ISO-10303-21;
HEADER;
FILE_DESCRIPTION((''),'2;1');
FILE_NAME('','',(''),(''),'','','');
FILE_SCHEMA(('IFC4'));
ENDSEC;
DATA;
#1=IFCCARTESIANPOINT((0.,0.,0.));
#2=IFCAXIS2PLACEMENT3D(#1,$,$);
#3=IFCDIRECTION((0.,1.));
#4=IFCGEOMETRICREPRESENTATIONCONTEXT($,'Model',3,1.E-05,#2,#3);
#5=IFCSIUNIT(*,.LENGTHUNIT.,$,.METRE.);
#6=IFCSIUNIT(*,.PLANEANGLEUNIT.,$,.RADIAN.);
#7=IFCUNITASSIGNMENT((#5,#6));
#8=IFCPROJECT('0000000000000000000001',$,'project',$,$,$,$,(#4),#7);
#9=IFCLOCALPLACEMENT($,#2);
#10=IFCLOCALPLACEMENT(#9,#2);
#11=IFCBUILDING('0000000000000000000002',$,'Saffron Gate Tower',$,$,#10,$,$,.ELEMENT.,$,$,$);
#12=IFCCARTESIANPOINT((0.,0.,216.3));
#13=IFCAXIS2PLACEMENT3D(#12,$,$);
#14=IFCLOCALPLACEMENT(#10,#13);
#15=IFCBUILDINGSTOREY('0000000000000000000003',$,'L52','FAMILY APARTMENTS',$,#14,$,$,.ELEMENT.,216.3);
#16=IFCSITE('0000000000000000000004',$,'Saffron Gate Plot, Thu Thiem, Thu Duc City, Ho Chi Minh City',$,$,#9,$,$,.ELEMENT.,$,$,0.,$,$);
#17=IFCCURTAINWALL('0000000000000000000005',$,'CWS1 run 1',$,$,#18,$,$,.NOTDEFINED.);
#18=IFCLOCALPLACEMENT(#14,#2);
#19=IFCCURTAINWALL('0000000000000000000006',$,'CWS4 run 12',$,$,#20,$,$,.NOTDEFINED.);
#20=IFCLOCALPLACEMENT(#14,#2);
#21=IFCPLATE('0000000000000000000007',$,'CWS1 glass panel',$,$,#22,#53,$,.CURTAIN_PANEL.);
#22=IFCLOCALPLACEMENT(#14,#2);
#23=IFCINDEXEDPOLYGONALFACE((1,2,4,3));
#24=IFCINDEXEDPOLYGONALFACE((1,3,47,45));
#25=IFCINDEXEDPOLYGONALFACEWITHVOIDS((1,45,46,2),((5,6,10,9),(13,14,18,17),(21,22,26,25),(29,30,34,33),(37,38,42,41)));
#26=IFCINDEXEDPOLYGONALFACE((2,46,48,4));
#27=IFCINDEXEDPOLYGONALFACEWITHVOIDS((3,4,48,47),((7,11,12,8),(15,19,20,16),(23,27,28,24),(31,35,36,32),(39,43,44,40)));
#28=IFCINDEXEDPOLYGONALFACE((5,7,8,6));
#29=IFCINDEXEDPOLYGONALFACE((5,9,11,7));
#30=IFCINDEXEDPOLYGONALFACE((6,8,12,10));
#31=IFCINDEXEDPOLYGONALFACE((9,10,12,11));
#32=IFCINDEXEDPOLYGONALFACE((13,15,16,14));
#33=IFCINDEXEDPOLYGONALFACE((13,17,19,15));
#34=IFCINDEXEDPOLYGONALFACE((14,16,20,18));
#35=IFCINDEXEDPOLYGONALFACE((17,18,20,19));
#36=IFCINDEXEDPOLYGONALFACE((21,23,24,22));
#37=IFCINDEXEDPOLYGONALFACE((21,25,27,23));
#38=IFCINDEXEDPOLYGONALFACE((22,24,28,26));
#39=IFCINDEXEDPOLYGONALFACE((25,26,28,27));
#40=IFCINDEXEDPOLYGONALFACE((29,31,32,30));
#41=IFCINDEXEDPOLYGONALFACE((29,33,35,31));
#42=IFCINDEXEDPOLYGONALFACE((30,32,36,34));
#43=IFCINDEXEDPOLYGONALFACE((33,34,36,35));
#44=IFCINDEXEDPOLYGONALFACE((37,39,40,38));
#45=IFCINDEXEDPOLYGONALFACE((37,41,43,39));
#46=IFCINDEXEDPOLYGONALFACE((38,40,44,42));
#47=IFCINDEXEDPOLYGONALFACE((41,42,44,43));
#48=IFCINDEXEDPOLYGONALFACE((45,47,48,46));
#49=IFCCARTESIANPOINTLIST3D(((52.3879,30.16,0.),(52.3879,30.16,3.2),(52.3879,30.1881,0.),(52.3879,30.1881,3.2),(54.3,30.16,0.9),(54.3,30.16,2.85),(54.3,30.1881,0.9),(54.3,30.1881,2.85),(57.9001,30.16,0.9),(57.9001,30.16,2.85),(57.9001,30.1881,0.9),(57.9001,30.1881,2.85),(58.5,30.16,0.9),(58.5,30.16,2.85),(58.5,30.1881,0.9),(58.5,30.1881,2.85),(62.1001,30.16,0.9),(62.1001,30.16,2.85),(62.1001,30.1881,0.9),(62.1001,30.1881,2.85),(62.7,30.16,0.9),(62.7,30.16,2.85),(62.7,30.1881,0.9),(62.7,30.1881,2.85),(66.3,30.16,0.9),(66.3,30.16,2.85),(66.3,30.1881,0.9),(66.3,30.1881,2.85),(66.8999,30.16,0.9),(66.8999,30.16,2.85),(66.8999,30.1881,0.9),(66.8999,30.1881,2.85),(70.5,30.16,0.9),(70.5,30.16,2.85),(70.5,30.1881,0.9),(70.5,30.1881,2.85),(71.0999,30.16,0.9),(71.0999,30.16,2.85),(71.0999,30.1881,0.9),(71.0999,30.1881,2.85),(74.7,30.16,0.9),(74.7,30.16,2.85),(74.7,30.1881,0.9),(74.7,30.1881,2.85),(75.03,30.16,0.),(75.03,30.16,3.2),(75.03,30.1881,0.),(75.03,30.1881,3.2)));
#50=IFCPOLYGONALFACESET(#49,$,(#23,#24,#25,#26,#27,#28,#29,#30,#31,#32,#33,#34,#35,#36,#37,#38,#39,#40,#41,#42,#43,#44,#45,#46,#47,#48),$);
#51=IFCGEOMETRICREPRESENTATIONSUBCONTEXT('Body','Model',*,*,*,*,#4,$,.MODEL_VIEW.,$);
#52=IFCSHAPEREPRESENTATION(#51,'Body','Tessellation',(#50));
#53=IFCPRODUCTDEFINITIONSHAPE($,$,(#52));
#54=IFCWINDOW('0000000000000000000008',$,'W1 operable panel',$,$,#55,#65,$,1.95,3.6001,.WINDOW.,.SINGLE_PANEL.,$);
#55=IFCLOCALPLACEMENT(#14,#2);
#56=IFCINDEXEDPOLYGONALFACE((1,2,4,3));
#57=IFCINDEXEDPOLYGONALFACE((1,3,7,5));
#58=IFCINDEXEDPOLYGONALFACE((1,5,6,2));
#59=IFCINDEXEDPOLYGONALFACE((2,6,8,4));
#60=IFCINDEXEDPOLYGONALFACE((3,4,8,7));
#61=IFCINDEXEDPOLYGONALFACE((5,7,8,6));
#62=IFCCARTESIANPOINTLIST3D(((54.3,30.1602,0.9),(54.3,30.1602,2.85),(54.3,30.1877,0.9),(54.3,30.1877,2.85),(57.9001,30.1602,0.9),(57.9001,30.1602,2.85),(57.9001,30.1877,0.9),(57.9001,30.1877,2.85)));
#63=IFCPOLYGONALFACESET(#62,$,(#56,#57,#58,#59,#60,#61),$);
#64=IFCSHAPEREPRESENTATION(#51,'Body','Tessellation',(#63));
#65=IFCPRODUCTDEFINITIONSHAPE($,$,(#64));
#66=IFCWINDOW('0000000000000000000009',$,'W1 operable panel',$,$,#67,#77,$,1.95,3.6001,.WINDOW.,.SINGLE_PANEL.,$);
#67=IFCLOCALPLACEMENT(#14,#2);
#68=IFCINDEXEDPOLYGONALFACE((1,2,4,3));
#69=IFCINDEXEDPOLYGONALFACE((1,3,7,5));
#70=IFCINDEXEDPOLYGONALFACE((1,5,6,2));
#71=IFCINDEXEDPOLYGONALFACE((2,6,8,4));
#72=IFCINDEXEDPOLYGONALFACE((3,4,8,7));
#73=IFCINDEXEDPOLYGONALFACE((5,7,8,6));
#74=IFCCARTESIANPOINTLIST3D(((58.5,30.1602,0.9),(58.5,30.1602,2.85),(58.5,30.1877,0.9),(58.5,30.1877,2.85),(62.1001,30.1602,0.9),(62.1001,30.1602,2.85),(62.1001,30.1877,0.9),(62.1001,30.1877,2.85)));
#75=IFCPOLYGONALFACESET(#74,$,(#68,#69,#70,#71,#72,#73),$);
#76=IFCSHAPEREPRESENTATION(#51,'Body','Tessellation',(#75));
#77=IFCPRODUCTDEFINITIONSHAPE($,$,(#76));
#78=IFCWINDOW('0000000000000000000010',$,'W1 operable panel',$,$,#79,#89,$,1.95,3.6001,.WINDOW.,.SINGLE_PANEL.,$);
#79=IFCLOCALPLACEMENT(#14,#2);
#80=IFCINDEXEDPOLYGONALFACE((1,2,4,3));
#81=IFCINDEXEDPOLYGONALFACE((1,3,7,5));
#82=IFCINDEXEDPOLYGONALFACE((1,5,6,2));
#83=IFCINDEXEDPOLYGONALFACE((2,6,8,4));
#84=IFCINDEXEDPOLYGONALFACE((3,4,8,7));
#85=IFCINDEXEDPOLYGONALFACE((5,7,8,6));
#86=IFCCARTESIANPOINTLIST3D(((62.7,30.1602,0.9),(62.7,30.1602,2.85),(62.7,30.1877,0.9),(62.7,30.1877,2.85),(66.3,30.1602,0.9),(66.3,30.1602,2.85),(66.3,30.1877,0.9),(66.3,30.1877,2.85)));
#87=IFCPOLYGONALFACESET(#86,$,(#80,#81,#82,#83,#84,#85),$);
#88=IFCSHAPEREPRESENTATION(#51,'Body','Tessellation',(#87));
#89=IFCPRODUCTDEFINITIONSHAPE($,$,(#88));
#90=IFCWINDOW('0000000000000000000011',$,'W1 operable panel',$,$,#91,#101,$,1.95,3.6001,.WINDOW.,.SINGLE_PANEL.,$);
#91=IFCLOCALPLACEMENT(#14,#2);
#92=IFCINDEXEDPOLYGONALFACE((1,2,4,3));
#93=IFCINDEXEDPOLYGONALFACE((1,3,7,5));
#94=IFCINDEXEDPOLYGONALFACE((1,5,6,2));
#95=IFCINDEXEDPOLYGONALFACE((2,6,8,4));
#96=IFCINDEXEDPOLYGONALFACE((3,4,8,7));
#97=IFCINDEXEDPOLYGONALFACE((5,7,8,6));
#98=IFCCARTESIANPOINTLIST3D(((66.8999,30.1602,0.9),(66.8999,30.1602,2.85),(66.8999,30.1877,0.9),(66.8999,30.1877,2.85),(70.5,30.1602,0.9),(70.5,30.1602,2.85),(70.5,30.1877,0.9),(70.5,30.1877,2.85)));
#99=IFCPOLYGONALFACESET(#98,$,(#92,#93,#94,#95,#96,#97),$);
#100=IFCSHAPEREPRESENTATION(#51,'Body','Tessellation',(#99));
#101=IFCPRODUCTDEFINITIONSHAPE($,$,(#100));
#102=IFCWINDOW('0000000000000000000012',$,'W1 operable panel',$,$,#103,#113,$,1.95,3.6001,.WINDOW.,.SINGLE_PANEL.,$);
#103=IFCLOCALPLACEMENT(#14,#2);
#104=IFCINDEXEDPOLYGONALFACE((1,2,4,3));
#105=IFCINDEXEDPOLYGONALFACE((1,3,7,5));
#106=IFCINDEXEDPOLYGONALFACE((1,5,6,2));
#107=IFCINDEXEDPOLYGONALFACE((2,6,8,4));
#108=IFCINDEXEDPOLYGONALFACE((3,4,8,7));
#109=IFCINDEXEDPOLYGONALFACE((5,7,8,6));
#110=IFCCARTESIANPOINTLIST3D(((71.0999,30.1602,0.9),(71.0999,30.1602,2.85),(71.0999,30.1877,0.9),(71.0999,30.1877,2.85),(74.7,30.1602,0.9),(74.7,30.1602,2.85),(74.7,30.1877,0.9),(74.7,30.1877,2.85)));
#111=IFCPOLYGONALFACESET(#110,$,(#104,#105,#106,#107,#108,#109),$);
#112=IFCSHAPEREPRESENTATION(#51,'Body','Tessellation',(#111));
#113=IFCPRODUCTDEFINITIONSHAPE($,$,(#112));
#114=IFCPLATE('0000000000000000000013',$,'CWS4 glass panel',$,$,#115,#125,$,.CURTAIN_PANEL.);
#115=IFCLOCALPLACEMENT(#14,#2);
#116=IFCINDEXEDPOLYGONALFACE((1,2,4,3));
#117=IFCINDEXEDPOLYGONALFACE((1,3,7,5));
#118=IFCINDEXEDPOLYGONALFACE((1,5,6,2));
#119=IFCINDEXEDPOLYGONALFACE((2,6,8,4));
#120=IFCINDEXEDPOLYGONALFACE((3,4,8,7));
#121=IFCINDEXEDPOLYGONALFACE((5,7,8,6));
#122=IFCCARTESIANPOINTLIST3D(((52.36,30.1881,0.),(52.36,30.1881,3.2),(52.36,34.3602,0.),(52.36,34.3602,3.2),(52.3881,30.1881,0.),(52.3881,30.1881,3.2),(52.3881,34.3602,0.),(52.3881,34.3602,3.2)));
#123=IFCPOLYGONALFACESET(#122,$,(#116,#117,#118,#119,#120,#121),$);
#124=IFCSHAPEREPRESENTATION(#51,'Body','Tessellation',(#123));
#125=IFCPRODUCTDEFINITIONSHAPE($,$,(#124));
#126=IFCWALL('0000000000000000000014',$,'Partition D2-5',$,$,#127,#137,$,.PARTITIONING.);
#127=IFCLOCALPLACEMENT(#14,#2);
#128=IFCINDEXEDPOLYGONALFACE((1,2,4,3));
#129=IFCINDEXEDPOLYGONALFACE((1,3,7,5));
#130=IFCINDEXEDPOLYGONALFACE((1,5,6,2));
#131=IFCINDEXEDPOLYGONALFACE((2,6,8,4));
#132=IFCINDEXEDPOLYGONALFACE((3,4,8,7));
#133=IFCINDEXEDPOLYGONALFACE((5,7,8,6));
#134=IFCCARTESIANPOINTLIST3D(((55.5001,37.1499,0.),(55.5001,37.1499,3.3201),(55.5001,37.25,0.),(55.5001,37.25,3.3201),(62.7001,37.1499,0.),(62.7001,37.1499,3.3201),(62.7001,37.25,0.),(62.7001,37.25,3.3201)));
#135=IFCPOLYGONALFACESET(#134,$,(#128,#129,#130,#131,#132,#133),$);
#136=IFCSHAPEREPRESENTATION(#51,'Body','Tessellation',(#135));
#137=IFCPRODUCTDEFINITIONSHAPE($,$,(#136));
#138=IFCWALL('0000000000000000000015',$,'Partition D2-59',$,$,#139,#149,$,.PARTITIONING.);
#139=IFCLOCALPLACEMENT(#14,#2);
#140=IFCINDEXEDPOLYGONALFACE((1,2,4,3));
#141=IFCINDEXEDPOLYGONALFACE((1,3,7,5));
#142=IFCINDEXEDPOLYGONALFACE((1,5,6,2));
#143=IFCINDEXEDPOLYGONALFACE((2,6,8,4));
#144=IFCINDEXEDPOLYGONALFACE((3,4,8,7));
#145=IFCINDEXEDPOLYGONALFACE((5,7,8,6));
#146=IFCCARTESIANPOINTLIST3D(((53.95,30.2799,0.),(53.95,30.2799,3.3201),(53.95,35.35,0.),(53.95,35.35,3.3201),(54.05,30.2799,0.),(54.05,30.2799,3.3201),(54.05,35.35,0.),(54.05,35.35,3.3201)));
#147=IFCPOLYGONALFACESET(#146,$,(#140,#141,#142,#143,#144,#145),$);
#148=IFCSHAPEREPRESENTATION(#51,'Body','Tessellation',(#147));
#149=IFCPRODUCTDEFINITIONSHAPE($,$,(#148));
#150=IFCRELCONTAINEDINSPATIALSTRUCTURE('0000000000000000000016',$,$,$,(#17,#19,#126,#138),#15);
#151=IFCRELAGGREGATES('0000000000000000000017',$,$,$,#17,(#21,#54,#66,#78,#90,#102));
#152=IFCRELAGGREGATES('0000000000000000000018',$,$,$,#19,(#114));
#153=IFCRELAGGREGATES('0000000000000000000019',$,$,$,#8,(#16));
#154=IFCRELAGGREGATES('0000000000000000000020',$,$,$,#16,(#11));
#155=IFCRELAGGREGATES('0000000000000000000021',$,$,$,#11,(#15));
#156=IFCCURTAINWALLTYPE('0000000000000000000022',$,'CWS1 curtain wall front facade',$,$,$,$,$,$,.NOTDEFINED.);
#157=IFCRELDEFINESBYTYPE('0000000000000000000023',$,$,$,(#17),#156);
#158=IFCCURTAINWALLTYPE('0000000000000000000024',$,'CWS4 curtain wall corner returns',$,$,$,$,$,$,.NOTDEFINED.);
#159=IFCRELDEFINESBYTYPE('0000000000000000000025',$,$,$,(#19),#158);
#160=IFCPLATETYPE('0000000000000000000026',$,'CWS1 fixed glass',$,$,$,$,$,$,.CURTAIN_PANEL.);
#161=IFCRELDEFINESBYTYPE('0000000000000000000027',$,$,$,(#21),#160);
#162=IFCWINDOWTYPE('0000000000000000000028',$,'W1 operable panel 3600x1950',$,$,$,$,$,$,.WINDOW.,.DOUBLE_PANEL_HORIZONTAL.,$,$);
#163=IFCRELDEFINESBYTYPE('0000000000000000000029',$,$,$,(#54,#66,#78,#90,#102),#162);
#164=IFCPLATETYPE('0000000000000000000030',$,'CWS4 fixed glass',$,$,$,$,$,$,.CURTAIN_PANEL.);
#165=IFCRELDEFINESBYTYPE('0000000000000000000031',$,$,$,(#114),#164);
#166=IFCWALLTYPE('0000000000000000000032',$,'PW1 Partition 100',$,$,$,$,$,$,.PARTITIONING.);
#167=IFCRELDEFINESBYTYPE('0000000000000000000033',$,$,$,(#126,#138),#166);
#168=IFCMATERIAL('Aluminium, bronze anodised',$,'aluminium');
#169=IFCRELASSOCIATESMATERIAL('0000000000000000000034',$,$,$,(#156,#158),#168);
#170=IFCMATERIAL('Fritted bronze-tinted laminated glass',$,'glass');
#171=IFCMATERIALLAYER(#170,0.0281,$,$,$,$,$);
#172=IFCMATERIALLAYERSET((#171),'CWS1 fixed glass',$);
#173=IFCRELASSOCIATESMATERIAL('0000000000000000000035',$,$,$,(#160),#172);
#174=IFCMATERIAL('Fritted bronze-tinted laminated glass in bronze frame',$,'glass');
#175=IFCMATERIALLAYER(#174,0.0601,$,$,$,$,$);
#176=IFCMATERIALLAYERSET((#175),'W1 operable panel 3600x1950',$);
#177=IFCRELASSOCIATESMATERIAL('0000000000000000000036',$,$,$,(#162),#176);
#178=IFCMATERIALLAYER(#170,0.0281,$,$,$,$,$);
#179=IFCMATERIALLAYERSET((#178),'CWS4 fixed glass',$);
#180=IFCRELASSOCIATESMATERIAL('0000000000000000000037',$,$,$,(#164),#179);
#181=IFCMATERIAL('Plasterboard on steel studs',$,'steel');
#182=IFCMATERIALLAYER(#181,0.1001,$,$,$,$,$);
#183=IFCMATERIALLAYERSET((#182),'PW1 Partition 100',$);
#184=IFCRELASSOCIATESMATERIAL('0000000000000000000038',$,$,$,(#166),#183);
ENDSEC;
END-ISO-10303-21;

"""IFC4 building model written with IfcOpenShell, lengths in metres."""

from ifc_helpers import new_model, si_unit, direction, frame, frame_2d, origin, place, context, subcontext, project, spatial, rectangle, extrude, material, layer, layer_set, type_object, element, fill, aggregate, save


model = new_model("IFC4")

# Units and contexts
model_context = context("Model", 3, precision=1e-05, world=origin(), true_north=direction((0.0, 1.0)))
body_context = subcontext(model_context, "Body", "Model", "MODEL_VIEW")
ifc_project = project(units=[si_unit("LENGTHUNIT", "METRE"), si_unit("PLANEANGLEUNIT", "RADIAN")], contexts=[model_context])

# Site, building, storey
site_placement = place(None, origin())
site = spatial("IfcSite", under=ifc_project, at=site_placement, Name="Saffron Gate Plot, Thu Thiem, Thu Duc City, Ho Chi Minh City", CompositionType="ELEMENT", RefElevation=0.0)
building_placement = place(site_placement, origin())
building = spatial("IfcBuilding", under=site, at=building_placement, Name="Saffron Gate Tower", CompositionType="ELEMENT")
storey_placement = place(building_placement, frame((0.0, 0.0, 216.3)))
storey = spatial("IfcBuildingStorey", under=building, at=storey_placement, Name="L52", Description="FAMILY APARTMENTS", CompositionType="ELEMENT", Elevation=216.3)

# Curtain walls
ifc_material_1 = material(Name="Aluminium, bronze anodised", Category="aluminium")
curtain_wall_type_1 = type_object("IfcCurtainWallType", Name="CWS1 curtain wall front facade", PredefinedType="NOTDEFINED", material=ifc_material_1)
curtain_wall_1_placement = place(storey_placement, origin())
curtain_wall_1 = element("IfcCurtainWall", 1, at=curtain_wall_1_placement, inside=storey, type_object=curtain_wall_type_1, Name="CWS1 run 1", PredefinedType="NOTDEFINED")
curtain_wall_type_2 = type_object("IfcCurtainWallType", Name="CWS4 curtain wall corner returns", PredefinedType="NOTDEFINED", material=ifc_material_1)
curtain_wall_2_placement = place(storey_placement, origin())
curtain_wall_2 = element("IfcCurtainWall", 2, at=curtain_wall_2_placement, inside=storey, type_object=curtain_wall_type_2, Name="CWS4 run 12", PredefinedType="NOTDEFINED")

# Plate, openings, windows
ifc_material_2 = material(Name="Fritted bronze-tinted laminated glass", Category="glass")
ifc_layer_1 = layer(ifc_material_2, 0.0281)
ifc_layer_set_1 = layer_set([ifc_layer_1], Name="CWS1 fixed glass")
plate_type_1 = type_object("IfcPlateType", Name="CWS1 fixed glass", PredefinedType="CURTAIN_PANEL", material=ifc_layer_set_1)
plate_1_placement = place(storey_placement, frame((52.3879, 30.1741, 0.0), z_axis=(0.0, 0.0, 1.0), x_axis=(1.0, 0.0, 0.0)))
plate_1 = element("IfcPlate", 3, at=plate_1_placement, type_object=plate_type_1, Name="CWS1 glass panel", PredefinedType="CURTAIN_PANEL", context=body_context, shape_type="SweptSolid", body=[
    extrude(rectangle(XDim=22.6421, YDim=0.0281, at=frame_2d((11.321, 0.0))), origin(), (0.0, 0.0, 1.0), 3.2),
])
opening_1_placement = place(plate_1_placement, frame((1.9121, 0.0, 0.8999)))
opening_1 = element("IfcOpeningElement", 4, at=opening_1_placement, cuts=plate_1, PredefinedType="OPENING", context=body_context, shape_type="SweptSolid", body=[
    extrude(rectangle(XDim=3.6001, YDim=1.95, at=frame_2d((1.8, 0.9751))), frame((0.0, 0.0239, 0.0), z_axis=(0.0, -1.0, 0.0), x_axis=(1.0, 0.0, 0.0)), (0.0, 0.0, 1.0), 0.0481),
])
opening_2_placement = place(plate_1_placement, frame((6.1121, 0.0, 0.8999)))
opening_2 = element("IfcOpeningElement", 5, at=opening_2_placement, cuts=plate_1, PredefinedType="OPENING", context=body_context, shape_type="SweptSolid", body=[
    extrude(rectangle(XDim=3.6001, YDim=1.95, at=frame_2d((1.8, 0.9751))), frame((0.0, 0.0239, 0.0), z_axis=(0.0, -1.0, 0.0), x_axis=(1.0, 0.0, 0.0)), (0.0, 0.0, 1.0), 0.0481),
])
opening_3_placement = place(plate_1_placement, frame((10.312, 0.0, 0.8999)))
opening_3 = element("IfcOpeningElement", 6, at=opening_3_placement, cuts=plate_1, PredefinedType="OPENING", context=body_context, shape_type="SweptSolid", body=[
    extrude(rectangle(XDim=3.6001, YDim=1.95, at=frame_2d((1.8, 0.9751))), frame((0.0, 0.0239, 0.0), z_axis=(0.0, -1.0, 0.0), x_axis=(1.0, 0.0, 0.0)), (0.0, 0.0, 1.0), 0.0481),
])
opening_4_placement = place(plate_1_placement, frame((14.512, 0.0, 0.8999)))
opening_4 = element("IfcOpeningElement", 7, at=opening_4_placement, cuts=plate_1, PredefinedType="OPENING", context=body_context, shape_type="SweptSolid", body=[
    extrude(rectangle(XDim=3.6001, YDim=1.95, at=frame_2d((1.8, 0.9751))), frame((0.0, 0.0239, 0.0), z_axis=(0.0, -1.0, 0.0), x_axis=(1.0, 0.0, 0.0)), (0.0, 0.0, 1.0), 0.0481),
])
opening_5_placement = place(plate_1_placement, frame((18.7119, 0.0, 0.8999)))
opening_5 = element("IfcOpeningElement", 8, at=opening_5_placement, cuts=plate_1, PredefinedType="OPENING", context=body_context, shape_type="SweptSolid", body=[
    extrude(rectangle(XDim=3.6001, YDim=1.95, at=frame_2d((1.8, 0.9751))), frame((0.0, 0.0239, 0.0), z_axis=(0.0, -1.0, 0.0), x_axis=(1.0, 0.0, 0.0)), (0.0, 0.0, 1.0), 0.0481),
])
ifc_material_3 = material(Name="Fritted bronze-tinted laminated glass in bronze frame", Category="glass")
ifc_layer_2 = layer(ifc_material_3, 0.0601)
ifc_layer_set_2 = layer_set([ifc_layer_2], Name="W1 operable panel 3600x1950")
window_type = type_object("IfcWindowType", Name="W1 operable panel 3600x1950", PartitioningType="DOUBLE_PANEL_HORIZONTAL", PredefinedType="WINDOW", material=ifc_layer_set_2)
window_1_placement = place(opening_1_placement, origin())
window_1 = element("IfcWindow", 9, at=window_1_placement, type_object=window_type, Name="W1 operable panel", OverallHeight=1.95, OverallWidth=3.6001, PartitioningType="SINGLE_PANEL", PredefinedType="WINDOW", context=body_context, shape_type="SweptSolid", body=[
    extrude(rectangle(XDim=3.6001, YDim=1.95, at=frame_2d((1.8, 0.9751))), frame((0.0, 0.0137, 0.0), z_axis=(0.0, -1.0, 0.0), x_axis=(1.0, 0.0, 0.0)), (0.0, 0.0, 1.0), 0.0276),
])
fill(opening_1, window_1)
window_2_placement = place(opening_2_placement, origin())
window_2 = element("IfcWindow", 10, at=window_2_placement, type_object=window_type, Name="W1 operable panel", OverallHeight=1.95, OverallWidth=3.6001, PartitioningType="SINGLE_PANEL", PredefinedType="WINDOW", context=body_context, shape_type="SweptSolid", body=[
    extrude(rectangle(XDim=3.6001, YDim=1.95, at=frame_2d((1.8, 0.9751))), frame((0.0, 0.0137, 0.0), z_axis=(0.0, -1.0, 0.0), x_axis=(1.0, 0.0, 0.0)), (0.0, 0.0, 1.0), 0.0276),
])
fill(opening_2, window_2)
window_3_placement = place(opening_3_placement, origin())
window_3 = element("IfcWindow", 11, at=window_3_placement, type_object=window_type, Name="W1 operable panel", OverallHeight=1.95, OverallWidth=3.6001, PartitioningType="SINGLE_PANEL", PredefinedType="WINDOW", context=body_context, shape_type="SweptSolid", body=[
    extrude(rectangle(XDim=3.6001, YDim=1.95, at=frame_2d((1.8, 0.9751))), frame((0.0, 0.0137, 0.0), z_axis=(0.0, -1.0, 0.0), x_axis=(1.0, 0.0, 0.0)), (0.0, 0.0, 1.0), 0.0276),
])
fill(opening_3, window_3)
window_4_placement = place(opening_4_placement, origin())
window_4 = element("IfcWindow", 12, at=window_4_placement, type_object=window_type, Name="W1 operable panel", OverallHeight=1.95, OverallWidth=3.6001, PartitioningType="SINGLE_PANEL", PredefinedType="WINDOW", context=body_context, shape_type="SweptSolid", body=[
    extrude(rectangle(XDim=3.6001, YDim=1.95, at=frame_2d((1.8, 0.9751))), frame((0.0, 0.0137, 0.0), z_axis=(0.0, -1.0, 0.0), x_axis=(1.0, 0.0, 0.0)), (0.0, 0.0, 1.0), 0.0276),
])
fill(opening_4, window_4)
window_5_placement = place(opening_5_placement, origin())
window_5 = element("IfcWindow", 13, at=window_5_placement, type_object=window_type, Name="W1 operable panel", OverallHeight=1.95, OverallWidth=3.6001, PartitioningType="SINGLE_PANEL", PredefinedType="WINDOW", context=body_context, shape_type="SweptSolid", body=[
    extrude(rectangle(XDim=3.6001, YDim=1.95, at=frame_2d((1.8, 0.9751))), frame((0.0, 0.0137, 0.0), z_axis=(0.0, -1.0, 0.0), x_axis=(1.0, 0.0, 0.0)), (0.0, 0.0, 1.0), 0.0276),
])
fill(opening_5, window_5)
aggregate(curtain_wall_1, [plate_1, window_1, window_2, window_3, window_4, window_5])

# Plate
ifc_layer_3 = layer(ifc_material_2, 0.0281)
ifc_layer_set_3 = layer_set([ifc_layer_3], Name="CWS4 fixed glass")
plate_type_2 = type_object("IfcPlateType", Name="CWS4 fixed glass", PredefinedType="CURTAIN_PANEL", material=ifc_layer_set_3)
plate_2_placement = place(storey_placement, frame((52.374, 34.3601, 0.0), z_axis=(0.0, 0.0, 1.0), x_axis=(0.0, -1.0, 0.0)))
plate_2 = element("IfcPlate", 14, at=plate_2_placement, type_object=plate_type_2, Name="CWS4 glass panel", PredefinedType="CURTAIN_PANEL", context=body_context, shape_type="SweptSolid", body=[
    extrude(rectangle(XDim=4.1721, YDim=0.0281, at=frame_2d((2.0859, 0.0))), origin(), (0.0, 0.0, 1.0), 3.2),
])
aggregate(curtain_wall_2, [plate_2])

# Walls
ifc_material_4 = material(Name="Plasterboard on steel studs", Category="steel")
ifc_layer_4 = layer(ifc_material_4, 0.1001)
ifc_layer_set_4 = layer_set([ifc_layer_4], Name="PW1 Partition 100")
wall_type = type_object("IfcWallType", Name="PW1 Partition 100", PredefinedType="PARTITIONING", material=ifc_layer_set_4)
wall_1_placement = place(storey_placement, frame((55.5, 37.2, 0.0), z_axis=(0.0, 0.0, 1.0), x_axis=(1.0, 0.0, 0.0)))
element("IfcWall", 15, at=wall_1_placement, inside=storey, type_object=wall_type, Name="Partition D2-5", PredefinedType="PARTITIONING", context=body_context, shape_type="SweptSolid", body=[
    extrude(rectangle(XDim=7.2, YDim=0.1001, at=frame_2d((3.6001, 0.0))), origin(), (0.0, 0.0, 1.0), 3.3201),
])
wall_2_placement = place(storey_placement, frame((54.0, 35.3501, 0.0), z_axis=(0.0, 0.0, 1.0), x_axis=(0.0, -1.0, 0.0)))
element("IfcWall", 16, at=wall_2_placement, inside=storey, type_object=wall_type, Name="Partition D2-59", PredefinedType="PARTITIONING", context=body_context, shape_type="SweptSolid", body=[
    extrude(rectangle(XDim=5.0701, YDim=0.1001, at=frame_2d((2.5352, 0.0))), origin(), (0.0, 0.0, 1.0), 3.3201),
])

save(model, "model.ifc")
